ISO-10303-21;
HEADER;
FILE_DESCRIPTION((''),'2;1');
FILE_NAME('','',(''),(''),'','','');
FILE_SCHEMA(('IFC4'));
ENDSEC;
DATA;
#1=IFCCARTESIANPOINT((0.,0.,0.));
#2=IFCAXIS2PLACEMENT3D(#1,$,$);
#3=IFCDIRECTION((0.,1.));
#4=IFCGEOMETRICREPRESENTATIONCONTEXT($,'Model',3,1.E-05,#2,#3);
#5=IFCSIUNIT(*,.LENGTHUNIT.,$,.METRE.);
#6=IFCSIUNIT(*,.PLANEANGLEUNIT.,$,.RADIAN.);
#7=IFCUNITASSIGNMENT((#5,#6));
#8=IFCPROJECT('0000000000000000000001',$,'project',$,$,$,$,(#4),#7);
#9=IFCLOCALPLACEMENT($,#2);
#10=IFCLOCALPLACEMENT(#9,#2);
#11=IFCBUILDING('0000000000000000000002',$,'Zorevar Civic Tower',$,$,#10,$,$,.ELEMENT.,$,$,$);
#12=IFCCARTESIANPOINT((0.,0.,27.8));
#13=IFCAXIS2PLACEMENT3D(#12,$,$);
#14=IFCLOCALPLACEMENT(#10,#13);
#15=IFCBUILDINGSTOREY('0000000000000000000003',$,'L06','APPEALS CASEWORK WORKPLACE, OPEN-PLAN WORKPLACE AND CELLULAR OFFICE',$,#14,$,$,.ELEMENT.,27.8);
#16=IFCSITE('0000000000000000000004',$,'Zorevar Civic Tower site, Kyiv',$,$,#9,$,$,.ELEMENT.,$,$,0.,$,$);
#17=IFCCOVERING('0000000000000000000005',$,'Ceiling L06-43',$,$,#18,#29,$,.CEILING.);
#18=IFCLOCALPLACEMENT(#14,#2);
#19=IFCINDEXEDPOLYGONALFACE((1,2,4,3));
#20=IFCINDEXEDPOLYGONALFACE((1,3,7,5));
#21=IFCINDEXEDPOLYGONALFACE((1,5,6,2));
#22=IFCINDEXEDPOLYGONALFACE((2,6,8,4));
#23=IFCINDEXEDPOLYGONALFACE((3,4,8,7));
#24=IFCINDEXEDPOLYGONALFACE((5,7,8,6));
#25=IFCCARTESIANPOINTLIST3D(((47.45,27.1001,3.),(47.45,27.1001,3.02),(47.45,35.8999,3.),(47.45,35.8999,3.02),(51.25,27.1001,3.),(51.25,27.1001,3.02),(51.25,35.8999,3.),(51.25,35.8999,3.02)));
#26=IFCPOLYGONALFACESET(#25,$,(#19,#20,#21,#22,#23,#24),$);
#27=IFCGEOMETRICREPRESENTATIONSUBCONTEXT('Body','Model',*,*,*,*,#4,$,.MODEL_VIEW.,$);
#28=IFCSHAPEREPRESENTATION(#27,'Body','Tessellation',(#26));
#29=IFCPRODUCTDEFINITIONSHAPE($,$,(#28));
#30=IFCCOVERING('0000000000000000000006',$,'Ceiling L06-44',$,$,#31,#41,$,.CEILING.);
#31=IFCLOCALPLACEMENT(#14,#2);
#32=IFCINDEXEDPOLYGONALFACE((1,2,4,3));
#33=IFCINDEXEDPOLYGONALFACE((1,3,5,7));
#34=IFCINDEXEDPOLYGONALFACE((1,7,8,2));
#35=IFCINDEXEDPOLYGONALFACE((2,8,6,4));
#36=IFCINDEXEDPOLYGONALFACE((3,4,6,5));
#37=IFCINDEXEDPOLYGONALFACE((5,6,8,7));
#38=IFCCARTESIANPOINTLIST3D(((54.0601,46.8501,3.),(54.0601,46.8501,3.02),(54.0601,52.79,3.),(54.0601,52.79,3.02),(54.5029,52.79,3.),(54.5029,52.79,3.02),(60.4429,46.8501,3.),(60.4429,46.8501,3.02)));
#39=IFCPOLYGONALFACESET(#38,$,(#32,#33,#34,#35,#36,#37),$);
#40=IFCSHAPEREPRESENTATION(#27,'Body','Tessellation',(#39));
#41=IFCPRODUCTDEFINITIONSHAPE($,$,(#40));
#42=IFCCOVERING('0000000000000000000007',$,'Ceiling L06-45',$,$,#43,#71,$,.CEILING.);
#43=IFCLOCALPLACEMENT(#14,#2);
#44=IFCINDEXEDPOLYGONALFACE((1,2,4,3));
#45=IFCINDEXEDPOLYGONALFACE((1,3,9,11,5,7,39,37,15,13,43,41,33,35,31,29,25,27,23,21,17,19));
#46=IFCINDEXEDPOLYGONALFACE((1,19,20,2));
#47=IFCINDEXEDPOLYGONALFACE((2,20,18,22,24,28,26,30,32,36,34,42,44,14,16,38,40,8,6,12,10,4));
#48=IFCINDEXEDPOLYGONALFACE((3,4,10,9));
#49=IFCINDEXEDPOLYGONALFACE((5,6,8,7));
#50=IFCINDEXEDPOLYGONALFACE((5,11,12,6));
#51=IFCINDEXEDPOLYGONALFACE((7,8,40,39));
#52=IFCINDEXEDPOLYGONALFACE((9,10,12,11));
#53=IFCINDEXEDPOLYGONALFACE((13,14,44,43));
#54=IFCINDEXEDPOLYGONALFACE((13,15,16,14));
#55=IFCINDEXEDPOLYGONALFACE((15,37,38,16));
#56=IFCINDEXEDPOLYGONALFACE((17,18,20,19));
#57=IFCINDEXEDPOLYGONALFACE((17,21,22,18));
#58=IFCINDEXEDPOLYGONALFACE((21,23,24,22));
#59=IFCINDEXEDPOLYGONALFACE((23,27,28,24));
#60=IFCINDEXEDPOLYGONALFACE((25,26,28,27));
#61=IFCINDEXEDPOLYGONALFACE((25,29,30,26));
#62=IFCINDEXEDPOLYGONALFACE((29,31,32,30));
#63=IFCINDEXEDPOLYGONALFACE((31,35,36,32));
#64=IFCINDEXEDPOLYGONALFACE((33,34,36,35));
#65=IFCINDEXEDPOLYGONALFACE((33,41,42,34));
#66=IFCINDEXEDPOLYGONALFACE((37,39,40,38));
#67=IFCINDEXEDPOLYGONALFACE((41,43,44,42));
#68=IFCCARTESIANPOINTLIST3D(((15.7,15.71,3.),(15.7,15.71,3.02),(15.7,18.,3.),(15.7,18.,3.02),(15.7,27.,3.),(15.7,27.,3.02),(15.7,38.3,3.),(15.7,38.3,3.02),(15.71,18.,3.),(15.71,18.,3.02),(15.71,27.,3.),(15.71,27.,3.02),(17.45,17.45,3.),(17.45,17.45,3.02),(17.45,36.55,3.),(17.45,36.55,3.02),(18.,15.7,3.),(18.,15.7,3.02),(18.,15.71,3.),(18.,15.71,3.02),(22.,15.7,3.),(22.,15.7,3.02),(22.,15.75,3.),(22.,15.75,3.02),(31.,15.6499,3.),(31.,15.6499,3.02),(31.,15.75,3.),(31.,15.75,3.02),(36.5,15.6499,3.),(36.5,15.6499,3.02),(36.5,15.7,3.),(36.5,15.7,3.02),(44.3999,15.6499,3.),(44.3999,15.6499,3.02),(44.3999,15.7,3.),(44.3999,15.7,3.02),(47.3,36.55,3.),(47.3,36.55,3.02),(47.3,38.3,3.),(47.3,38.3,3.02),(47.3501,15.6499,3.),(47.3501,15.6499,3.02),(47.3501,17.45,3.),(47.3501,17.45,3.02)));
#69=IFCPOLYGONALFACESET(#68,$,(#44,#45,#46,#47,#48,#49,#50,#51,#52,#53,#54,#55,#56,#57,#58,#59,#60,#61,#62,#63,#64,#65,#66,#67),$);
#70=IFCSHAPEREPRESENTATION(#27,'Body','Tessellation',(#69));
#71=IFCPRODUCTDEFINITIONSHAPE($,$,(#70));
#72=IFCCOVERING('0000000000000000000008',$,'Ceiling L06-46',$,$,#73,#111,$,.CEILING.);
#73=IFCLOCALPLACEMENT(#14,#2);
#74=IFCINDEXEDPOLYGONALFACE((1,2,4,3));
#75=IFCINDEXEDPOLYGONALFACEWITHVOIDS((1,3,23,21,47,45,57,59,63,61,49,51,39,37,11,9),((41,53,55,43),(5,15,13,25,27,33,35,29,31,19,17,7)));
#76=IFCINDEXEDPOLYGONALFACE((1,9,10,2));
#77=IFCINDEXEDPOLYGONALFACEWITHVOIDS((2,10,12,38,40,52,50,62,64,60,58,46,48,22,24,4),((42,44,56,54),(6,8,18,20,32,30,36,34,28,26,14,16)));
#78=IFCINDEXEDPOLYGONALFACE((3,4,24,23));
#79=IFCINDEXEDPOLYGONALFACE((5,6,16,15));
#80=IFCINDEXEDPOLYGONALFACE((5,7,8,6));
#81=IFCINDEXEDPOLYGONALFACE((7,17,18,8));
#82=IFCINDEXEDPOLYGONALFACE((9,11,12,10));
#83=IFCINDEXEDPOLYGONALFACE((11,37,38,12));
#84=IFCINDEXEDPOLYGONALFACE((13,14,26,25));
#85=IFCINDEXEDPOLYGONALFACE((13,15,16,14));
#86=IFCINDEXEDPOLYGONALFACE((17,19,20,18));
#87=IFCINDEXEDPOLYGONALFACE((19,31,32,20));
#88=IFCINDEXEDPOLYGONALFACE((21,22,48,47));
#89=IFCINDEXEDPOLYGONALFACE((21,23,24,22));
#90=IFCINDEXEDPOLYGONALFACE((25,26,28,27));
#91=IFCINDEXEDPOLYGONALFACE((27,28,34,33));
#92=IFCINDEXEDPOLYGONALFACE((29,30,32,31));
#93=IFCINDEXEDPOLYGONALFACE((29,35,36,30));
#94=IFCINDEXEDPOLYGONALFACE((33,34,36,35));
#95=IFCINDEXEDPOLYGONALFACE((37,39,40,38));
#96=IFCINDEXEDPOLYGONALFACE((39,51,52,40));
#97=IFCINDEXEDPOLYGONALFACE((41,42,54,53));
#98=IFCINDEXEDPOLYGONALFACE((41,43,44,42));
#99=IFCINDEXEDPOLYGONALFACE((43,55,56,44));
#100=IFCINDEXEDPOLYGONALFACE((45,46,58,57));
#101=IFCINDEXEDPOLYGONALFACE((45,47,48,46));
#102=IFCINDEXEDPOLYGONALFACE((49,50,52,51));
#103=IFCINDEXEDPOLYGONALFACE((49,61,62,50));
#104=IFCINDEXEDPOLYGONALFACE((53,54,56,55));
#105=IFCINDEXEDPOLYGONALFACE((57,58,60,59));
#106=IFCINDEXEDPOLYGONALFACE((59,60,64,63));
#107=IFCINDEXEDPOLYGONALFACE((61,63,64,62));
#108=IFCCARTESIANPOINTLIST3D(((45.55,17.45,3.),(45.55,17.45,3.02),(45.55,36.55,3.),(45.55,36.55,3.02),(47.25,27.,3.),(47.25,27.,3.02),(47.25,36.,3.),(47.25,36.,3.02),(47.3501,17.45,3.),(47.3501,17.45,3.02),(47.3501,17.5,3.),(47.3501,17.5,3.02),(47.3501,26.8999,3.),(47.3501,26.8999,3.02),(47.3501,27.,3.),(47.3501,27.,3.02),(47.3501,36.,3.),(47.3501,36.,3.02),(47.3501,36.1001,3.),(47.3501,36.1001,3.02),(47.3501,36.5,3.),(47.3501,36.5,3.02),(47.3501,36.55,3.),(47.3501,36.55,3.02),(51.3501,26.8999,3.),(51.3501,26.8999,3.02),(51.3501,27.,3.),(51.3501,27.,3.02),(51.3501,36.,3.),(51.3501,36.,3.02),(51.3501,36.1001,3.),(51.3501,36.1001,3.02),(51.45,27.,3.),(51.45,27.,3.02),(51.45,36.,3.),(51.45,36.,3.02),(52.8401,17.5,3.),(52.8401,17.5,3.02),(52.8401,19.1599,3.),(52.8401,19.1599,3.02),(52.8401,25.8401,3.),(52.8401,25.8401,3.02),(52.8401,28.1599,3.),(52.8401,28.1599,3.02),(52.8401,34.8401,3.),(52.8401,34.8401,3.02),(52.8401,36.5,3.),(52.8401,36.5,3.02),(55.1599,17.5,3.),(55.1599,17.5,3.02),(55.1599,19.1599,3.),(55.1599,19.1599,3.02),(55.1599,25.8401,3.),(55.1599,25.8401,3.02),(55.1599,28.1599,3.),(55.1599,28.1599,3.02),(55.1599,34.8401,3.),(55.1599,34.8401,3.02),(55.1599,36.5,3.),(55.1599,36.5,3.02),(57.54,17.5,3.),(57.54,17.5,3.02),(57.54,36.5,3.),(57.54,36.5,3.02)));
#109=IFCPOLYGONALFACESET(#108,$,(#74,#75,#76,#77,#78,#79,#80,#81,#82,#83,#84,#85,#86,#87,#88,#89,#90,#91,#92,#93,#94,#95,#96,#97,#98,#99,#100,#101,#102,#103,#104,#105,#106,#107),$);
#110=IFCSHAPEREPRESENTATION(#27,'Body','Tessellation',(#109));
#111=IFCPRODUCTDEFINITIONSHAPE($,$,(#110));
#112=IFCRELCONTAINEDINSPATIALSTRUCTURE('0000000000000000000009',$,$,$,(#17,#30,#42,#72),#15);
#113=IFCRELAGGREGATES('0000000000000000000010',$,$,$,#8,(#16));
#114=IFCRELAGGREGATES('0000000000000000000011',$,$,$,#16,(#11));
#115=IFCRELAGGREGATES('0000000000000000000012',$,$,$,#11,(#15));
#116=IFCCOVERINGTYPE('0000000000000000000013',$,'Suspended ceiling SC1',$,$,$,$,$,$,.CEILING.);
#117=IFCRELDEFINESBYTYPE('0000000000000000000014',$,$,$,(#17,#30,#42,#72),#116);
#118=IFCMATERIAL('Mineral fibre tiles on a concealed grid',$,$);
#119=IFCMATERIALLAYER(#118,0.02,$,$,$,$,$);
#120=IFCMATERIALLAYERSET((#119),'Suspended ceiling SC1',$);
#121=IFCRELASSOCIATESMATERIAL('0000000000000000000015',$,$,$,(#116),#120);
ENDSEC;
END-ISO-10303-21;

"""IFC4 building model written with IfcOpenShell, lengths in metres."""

from ifc_helpers import new_model, si_unit, direction, frame, origin, place, context, subcontext, project, spatial, polyline, outline, extrude, material, layer, layer_set, type_object, element, save


model = new_model("IFC4")

# Units and contexts
model_context = context("Model", 3, precision=1e-05, world=origin(), true_north=direction((0.0, 1.0)))
body_context = subcontext(model_context, "Body", "Model", "MODEL_VIEW")
ifc_project = project(units=[si_unit("LENGTHUNIT", "METRE"), si_unit("PLANEANGLEUNIT", "RADIAN")], contexts=[model_context])

# Site, building, storey
site_placement = place(None, origin())
site = spatial("IfcSite", under=ifc_project, at=site_placement, Name="Zorevar Civic Tower site, Kyiv", CompositionType="ELEMENT", RefElevation=0.0)
building_placement = place(site_placement, origin())
building = spatial("IfcBuilding", under=site, at=building_placement, Name="Zorevar Civic Tower", CompositionType="ELEMENT")
storey_placement = place(building_placement, frame((0.0, 0.0, 27.8)))
storey = spatial("IfcBuildingStorey", under=building, at=storey_placement, Name="L06", Description="APPEALS CASEWORK WORKPLACE, OPEN-PLAN WORKPLACE AND CELLULAR OFFICE", CompositionType="ELEMENT", Elevation=27.8)

# Coverings
ifc_material_1 = material(Name="Mineral fibre tiles on a concealed grid")
ifc_layer_1 = layer(ifc_material_1, 0.02)
ifc_layer_set_1 = layer_set([ifc_layer_1], Name="Suspended ceiling SC1")
covering_type_1 = type_object("IfcCoveringType", Name="Suspended ceiling SC1", PredefinedType="CEILING", material=ifc_layer_set_1)
covering_1_placement = place(storey_placement, frame((0.0, 0.0, 3.0)))
element("IfcCovering", 1, at=covering_1_placement, inside=storey, type_object=covering_type_1, Name="Ceiling L06-43", PredefinedType="CEILING", context=body_context, shape_type="SweptSolid", body=[
    extrude(outline(polyline([(47.45, 35.8999), (51.25, 35.8999), (51.25, 27.1001), (47.45, 27.1001), (47.45, 35.8999)])), origin(), (0.0, 0.0, 1.0), 0.02),
])
covering_2_placement = place(storey_placement, frame((0.0, 0.0, 3.0)))
element("IfcCovering", 2, at=covering_2_placement, inside=storey, type_object=covering_type_1, Name="Ceiling L06-44", PredefinedType="CEILING", context=body_context, shape_type="SweptSolid", body=[
    extrude(outline(polyline([(54.0601, 46.8501), (54.0601, 52.79), (54.5029, 52.79), (60.4429, 46.8501), (54.0601, 46.8501)])), origin(), (0.0, 0.0, 1.0), 0.02),
])
covering_3_placement = place(storey_placement, frame((0.0, 0.0, 3.0)))
element("IfcCovering", 3, at=covering_3_placement, inside=storey, type_object=covering_type_1, Name="Ceiling L06-45", PredefinedType="CEILING", context=body_context, shape_type="SweptSolid", body=[
    extrude(outline(polyline([(36.5, 15.6499), (31.0, 15.6499), (31.0, 15.75), (22.0, 15.75), (22.0, 15.7), (18.0, 15.7), (18.0, 15.71), (15.7, 15.71), (15.7, 18.0), (15.71, 18.0), (15.71, 27.0), (15.7, 27.0), (15.7, 38.3), (47.3, 38.3), (47.3, 36.55), (17.45, 36.55), (17.45, 17.45), (47.3501, 17.45), (47.3501, 15.6499), (44.3999, 15.6499), (44.3999, 15.7), (36.5, 15.7), (36.5, 15.6499)])), origin(), (0.0, 0.0, 1.0), 0.02),
])
covering_4_placement = place(storey_placement, frame((0.0, 0.0, 3.0)))
element("IfcCovering", 4, at=covering_4_placement, inside=storey, type_object=covering_type_1, Name="Ceiling L06-46", PredefinedType="CEILING", context=body_context, shape_type="SweptSolid", body=[
    extrude(outline(polyline([(55.1599, 19.1599), (52.8401, 19.1599), (52.8401, 17.5), (47.3501, 17.5), (47.3501, 17.45), (45.55, 17.45), (45.55, 36.55), (47.3501, 36.55), (47.3501, 36.5), (52.8401, 36.5), (52.8401, 34.8401), (55.1599, 34.8401), (55.1599, 36.5), (57.54, 36.5), (57.54, 17.5), (55.1599, 17.5), (55.1599, 19.1599)]), holes=[polyline([(51.45, 36.0), (51.3501, 36.0), (51.3501, 36.1001), (47.3501, 36.1001), (47.3501, 36.0), (47.25, 36.0), (47.25, 27.0), (47.3501, 27.0), (47.3501, 26.8999), (51.3501, 26.8999), (51.3501, 27.0), (51.45, 27.0), (51.45, 36.0)]), polyline([(52.8401, 28.1599), (52.8401, 25.8401), (55.1599, 25.8401), (55.1599, 28.1599), (52.8401, 28.1599)])]), origin(), (0.0, 0.0, 1.0), 0.02),
])

save(model, "model.ifc")
